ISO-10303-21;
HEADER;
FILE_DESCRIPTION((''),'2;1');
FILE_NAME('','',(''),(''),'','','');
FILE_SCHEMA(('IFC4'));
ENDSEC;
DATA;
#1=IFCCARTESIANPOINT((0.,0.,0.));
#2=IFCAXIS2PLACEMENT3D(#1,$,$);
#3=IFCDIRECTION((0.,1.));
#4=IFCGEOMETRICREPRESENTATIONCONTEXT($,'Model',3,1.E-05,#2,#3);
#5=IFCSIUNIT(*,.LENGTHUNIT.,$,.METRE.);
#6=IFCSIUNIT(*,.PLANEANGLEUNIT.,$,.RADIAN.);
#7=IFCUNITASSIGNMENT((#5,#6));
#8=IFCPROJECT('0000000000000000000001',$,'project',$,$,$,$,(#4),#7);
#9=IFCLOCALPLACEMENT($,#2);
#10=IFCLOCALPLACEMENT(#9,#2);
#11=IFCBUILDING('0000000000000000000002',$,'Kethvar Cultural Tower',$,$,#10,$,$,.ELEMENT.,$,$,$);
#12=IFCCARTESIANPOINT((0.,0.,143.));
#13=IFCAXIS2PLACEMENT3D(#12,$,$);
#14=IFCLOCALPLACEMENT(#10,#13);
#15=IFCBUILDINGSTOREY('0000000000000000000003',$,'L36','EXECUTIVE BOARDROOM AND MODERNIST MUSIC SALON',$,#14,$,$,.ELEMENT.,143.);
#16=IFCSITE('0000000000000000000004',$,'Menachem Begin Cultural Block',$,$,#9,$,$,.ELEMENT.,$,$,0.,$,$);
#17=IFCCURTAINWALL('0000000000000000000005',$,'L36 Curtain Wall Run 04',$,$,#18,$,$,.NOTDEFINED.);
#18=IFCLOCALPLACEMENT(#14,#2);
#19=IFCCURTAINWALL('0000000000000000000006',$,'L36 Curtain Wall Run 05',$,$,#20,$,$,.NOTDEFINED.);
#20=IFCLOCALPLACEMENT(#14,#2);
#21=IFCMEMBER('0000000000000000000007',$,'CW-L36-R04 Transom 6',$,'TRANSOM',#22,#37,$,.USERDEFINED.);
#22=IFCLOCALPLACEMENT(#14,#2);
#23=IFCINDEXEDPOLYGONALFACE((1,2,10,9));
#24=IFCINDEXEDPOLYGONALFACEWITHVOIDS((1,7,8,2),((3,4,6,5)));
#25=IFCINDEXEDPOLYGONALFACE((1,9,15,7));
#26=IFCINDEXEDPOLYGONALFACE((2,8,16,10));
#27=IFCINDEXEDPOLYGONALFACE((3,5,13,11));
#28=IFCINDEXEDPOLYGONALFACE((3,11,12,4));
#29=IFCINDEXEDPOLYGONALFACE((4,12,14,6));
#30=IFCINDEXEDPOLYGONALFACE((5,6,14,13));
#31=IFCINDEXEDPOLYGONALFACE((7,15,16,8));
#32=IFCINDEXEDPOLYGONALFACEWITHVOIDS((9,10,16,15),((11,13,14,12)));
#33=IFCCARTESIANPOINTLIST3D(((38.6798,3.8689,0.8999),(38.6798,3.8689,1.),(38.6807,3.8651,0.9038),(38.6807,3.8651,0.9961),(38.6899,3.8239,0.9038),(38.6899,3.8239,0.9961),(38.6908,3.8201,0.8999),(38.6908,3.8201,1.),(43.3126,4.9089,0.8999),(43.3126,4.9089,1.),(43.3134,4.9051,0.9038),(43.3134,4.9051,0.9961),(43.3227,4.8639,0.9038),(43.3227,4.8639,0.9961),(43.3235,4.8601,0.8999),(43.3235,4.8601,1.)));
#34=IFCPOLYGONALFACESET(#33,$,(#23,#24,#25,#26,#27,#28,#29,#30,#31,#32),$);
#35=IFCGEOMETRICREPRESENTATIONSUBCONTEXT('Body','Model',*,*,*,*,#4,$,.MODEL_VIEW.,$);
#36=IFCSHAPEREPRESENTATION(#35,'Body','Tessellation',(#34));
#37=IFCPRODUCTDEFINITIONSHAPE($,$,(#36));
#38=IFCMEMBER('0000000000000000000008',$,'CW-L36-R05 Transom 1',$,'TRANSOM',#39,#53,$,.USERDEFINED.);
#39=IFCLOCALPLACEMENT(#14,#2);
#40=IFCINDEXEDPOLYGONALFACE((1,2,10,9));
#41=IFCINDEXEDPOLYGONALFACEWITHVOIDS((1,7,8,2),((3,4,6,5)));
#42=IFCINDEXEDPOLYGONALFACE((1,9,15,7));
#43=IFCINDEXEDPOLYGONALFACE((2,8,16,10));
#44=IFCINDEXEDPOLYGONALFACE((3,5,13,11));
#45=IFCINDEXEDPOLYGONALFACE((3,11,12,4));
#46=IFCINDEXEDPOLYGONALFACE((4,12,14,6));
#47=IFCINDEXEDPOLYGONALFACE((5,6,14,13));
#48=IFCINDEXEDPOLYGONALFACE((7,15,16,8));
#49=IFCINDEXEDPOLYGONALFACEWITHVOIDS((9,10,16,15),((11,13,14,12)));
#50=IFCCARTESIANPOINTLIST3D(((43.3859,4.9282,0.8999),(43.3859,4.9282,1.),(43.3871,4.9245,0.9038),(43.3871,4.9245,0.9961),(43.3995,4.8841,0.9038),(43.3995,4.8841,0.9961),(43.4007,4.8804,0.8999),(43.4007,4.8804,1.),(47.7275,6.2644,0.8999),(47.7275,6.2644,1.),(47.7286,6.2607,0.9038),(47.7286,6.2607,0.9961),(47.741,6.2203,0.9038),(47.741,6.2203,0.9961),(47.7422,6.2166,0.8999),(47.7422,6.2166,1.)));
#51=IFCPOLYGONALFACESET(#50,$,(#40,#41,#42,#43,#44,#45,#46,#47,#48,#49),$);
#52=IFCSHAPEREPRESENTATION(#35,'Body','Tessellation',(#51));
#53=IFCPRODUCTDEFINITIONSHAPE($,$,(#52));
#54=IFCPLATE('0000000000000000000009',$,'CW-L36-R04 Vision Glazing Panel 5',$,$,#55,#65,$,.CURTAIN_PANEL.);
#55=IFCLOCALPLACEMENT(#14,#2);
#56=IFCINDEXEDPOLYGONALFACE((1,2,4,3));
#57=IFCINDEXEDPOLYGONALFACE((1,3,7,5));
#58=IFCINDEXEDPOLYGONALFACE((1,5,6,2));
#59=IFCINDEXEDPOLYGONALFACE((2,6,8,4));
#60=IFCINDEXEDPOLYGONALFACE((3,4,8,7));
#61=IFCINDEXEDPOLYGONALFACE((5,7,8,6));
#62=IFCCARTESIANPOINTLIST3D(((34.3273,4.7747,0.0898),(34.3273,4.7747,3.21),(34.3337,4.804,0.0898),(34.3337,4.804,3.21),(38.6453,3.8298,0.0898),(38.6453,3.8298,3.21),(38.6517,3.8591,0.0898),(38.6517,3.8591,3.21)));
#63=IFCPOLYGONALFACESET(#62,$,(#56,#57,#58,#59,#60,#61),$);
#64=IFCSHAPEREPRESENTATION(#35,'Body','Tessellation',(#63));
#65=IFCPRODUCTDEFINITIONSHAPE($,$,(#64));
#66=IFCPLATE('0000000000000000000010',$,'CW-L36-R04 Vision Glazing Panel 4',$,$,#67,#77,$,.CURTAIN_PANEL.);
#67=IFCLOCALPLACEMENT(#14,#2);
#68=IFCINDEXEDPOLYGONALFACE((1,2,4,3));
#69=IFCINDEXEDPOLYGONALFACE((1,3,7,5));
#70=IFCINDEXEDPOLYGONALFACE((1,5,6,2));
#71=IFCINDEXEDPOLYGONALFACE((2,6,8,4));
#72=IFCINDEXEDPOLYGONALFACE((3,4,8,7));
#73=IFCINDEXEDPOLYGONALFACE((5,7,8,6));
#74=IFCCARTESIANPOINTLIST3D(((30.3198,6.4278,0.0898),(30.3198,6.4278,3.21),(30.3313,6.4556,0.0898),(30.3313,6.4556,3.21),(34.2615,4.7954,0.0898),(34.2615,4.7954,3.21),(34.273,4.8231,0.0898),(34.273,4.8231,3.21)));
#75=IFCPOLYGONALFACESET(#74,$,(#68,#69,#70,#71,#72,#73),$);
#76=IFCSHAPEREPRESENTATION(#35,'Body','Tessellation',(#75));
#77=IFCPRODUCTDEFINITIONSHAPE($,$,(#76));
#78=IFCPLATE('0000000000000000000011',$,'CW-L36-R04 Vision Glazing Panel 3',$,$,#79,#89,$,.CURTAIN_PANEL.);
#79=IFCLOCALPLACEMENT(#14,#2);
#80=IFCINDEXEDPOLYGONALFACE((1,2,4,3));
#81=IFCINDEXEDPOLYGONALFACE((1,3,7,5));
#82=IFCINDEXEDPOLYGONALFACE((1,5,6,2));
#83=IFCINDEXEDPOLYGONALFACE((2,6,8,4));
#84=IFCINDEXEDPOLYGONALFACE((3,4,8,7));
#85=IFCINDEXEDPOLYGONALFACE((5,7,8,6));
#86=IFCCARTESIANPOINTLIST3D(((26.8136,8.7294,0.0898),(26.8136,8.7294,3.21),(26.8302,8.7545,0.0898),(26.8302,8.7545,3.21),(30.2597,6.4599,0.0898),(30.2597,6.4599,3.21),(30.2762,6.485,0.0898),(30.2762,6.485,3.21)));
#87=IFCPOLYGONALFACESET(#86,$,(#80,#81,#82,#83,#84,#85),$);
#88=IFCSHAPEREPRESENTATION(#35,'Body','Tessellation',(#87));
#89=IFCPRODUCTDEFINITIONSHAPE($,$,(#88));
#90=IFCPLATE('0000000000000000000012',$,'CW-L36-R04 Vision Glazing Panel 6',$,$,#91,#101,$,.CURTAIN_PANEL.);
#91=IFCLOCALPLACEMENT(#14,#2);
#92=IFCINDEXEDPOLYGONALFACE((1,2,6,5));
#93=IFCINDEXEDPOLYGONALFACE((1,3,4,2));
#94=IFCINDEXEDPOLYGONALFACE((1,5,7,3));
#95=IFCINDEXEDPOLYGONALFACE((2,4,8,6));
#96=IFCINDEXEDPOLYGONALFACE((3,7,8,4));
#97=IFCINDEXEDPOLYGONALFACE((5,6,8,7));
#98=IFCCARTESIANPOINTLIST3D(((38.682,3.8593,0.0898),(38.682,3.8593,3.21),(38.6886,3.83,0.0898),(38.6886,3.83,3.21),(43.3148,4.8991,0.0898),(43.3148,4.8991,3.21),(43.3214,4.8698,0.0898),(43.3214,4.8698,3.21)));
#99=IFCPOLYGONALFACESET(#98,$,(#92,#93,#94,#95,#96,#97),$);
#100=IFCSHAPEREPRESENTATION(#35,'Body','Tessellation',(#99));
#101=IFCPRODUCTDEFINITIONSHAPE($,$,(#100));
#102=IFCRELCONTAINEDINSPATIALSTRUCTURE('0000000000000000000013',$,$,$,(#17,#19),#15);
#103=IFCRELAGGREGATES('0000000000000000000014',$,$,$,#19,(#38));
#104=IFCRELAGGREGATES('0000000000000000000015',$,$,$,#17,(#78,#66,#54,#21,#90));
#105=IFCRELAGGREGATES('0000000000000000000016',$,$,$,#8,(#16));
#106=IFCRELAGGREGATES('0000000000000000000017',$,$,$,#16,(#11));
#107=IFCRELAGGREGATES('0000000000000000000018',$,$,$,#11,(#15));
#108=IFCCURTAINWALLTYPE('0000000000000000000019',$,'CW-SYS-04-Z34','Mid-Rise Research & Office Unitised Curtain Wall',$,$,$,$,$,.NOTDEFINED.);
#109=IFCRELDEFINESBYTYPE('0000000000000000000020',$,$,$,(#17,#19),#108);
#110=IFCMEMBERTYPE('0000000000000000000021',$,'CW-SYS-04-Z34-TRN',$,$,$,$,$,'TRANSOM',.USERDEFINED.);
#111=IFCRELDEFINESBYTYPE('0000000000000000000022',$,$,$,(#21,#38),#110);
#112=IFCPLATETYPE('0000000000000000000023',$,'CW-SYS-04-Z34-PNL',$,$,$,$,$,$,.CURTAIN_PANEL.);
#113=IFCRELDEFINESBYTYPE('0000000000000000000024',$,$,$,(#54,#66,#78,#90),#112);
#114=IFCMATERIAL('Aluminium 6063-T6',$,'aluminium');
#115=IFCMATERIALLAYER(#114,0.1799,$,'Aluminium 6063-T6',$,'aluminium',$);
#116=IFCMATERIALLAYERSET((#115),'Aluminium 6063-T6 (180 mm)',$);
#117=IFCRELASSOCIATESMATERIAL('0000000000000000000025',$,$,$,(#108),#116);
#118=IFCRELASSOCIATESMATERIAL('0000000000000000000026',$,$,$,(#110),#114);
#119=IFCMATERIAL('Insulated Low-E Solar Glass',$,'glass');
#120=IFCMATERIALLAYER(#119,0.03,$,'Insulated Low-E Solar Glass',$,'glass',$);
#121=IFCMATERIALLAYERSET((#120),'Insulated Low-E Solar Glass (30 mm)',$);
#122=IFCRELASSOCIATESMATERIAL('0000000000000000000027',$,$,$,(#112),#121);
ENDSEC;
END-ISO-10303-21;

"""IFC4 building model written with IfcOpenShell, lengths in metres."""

from ifc_helpers import new_model, si_unit, direction, frame, origin, origin_2d, place, context, subcontext, project, spatial, rectangle, hollow_rectangle, extrude, source, transform, mapped, material, layer, layer_set, material_profile, profile_set, type_object, element, aggregate, save


model = new_model("IFC4")

# Units and contexts
model_context = context("Model", 3, precision=1e-05, world=origin(), true_north=direction((0.0, 1.0)))
body_context = subcontext(model_context, "Body", "Model", "MODEL_VIEW")
ifc_project = project(units=[si_unit("LENGTHUNIT", "METRE"), si_unit("PLANEANGLEUNIT", "RADIAN")], contexts=[model_context])

# Site, building, storey
site_placement = place(None, origin())
site = spatial("IfcSite", under=ifc_project, at=site_placement, Name="Menachem Begin Cultural Block", CompositionType="ELEMENT", RefElevation=0.0)
building_placement = place(site_placement, origin())
building = spatial("IfcBuilding", under=site, at=building_placement, Name="Kethvar Cultural Tower", CompositionType="ELEMENT")
storey_placement = place(building_placement, frame((0.0, 0.0, 143.0)))
storey = spatial("IfcBuildingStorey", under=building, at=storey_placement, Name="L36", Description="EXECUTIVE BOARDROOM AND MODERNIST MUSIC SALON", CompositionType="ELEMENT", Elevation=143.0)

# Curtain wall
ifc_material_1 = material(Name="Aluminium 6063-T6", Category="aluminium")
ifc_layer_1 = layer(ifc_material_1, 0.1799, Name="Aluminium 6063-T6", Category="aluminium")
ifc_layer_set_1 = layer_set([ifc_layer_1], Name="Aluminium 6063-T6 (180 mm)")
curtain_wall_type = type_object("IfcCurtainWallType", Name="CW-SYS-04-Z34", Description="Mid-Rise Research & Office Unitised Curtain Wall", PredefinedType="NOTDEFINED", material=ifc_layer_set_1)
curtain_wall_1_placement = place(storey_placement, origin())
curtain_wall_1 = element("IfcCurtainWall", 1, at=curtain_wall_1_placement, inside=storey, type_object=curtain_wall_type, Name="L36 Curtain Wall Run 04", PredefinedType="NOTDEFINED")

# Curtain wall
curtain_wall_2_placement = place(storey_placement, origin())
curtain_wall_2 = element("IfcCurtainWall", 2, at=curtain_wall_2_placement, inside=storey, type_object=curtain_wall_type, Name="L36 Curtain Wall Run 05", PredefinedType="NOTDEFINED")

# Members
ifc_material_profile_1 = material_profile(ifc_material_1, hollow_rectangle(XDim=0.05, YDim=0.1001, WallThickness=0.0039, at=origin_2d()), Name="Aluminium 6063-T6 — RHS100x50x4")
ifc_profile_set_1 = profile_set([ifc_material_profile_1], Name="Aluminium 6063-T6 — RHS100x50x4")
member_type_1 = type_object("IfcMemberType", Name="CW-SYS-04-Z34-TRN", ElementType="TRANSOM", PredefinedType="USERDEFINED", material=ifc_profile_set_1)
shared_shape_1 = source(origin(), body_context, "Body", "SweptSolid", [
    extrude(hollow_rectangle(XDim=0.05, YDim=0.1001, WallThickness=0.0039, at=origin_2d()), origin(), (0.0, 0.0, 1.0), 4.748),
])
member_1_placement = place(storey_placement, frame((38.6853, 3.8445, 0.95), z_axis=(0.975715, 0.219042, 0.0), x_axis=(-0.219042, 0.975715, 0.0)))
member_1 = element("IfcMember", 3, at=member_1_placement, type_object=member_type_1, Name="CW-L36-R04 Transom 6", ObjectType="TRANSOM", PredefinedType="USERDEFINED", context=body_context, shape_type="MappedRepresentation", body=[
    mapped(shared_shape_1, transform((0.0, 0.0, 0.0), scale=1.0)),
])
shared_shape_2 = source(origin(), body_context, "Body", "SweptSolid", [
    extrude(hollow_rectangle(XDim=0.05, YDim=0.1001, WallThickness=0.0039, at=origin_2d()), origin(), (0.0, 0.0, 1.0), 4.5425),
])
member_2_placement = place(storey_placement, frame((43.3933, 4.9043, 0.95), z_axis=(0.955759, 0.29415, 0.0), x_axis=(-0.29415, 0.955759, 0.0)))
member_2 = element("IfcMember", 4, at=member_2_placement, type_object=member_type_1, Name="CW-L36-R05 Transom 1", ObjectType="TRANSOM", PredefinedType="USERDEFINED", context=body_context, shape_type="MappedRepresentation", body=[
    mapped(shared_shape_2, transform((0.0, 0.0, 0.0), scale=1.0)),
])
aggregate(curtain_wall_2, [member_2])

# Plates
ifc_material_2 = material(Name="Insulated Low-E Solar Glass", Category="glass")
ifc_layer_2 = layer(ifc_material_2, 0.03, Name="Insulated Low-E Solar Glass", Category="glass")
ifc_layer_set_2 = layer_set([ifc_layer_2], Name="Insulated Low-E Solar Glass (30 mm)")
plate_type = type_object("IfcPlateType", Name="CW-SYS-04-Z34-PNL", PredefinedType="CURTAIN_PANEL", material=ifc_layer_set_2)
shared_shape_3 = source(origin(), body_context, "Body", "SweptSolid", [
    extrude(rectangle(XDim=4.4202, YDim=0.03, at=origin_2d()), origin(), (0.0, 0.0, 1.0), 3.1201),
])
plate_1_placement = place(storey_placement, frame((36.4895, 4.3169, 0.0898), z_axis=(0.0, 0.0, 1.0), x_axis=(0.976882, -0.213781, 0.0)))
plate_1 = element("IfcPlate", 5, at=plate_1_placement, type_object=plate_type, Name="CW-L36-R04 Vision Glazing Panel 5", PredefinedType="CURTAIN_PANEL", context=body_context, shape_type="MappedRepresentation", body=[
    mapped(shared_shape_3, transform((0.0, 0.0, 0.0), scale=1.0)),
])
shared_shape_4 = source(origin(), body_context, "Body", "SweptSolid", [
    extrude(rectangle(XDim=4.2664, YDim=0.03, at=origin_2d()), origin(), (0.0, 0.0, 1.0), 3.1201),
])
plate_2_placement = place(storey_placement, frame((32.2964, 5.6255, 0.0898), z_axis=(0.0, 0.0, 1.0), x_axis=(0.9239, -0.382635, 0.0)))
plate_2 = element("IfcPlate", 6, at=plate_2_placement, type_object=plate_type, Name="CW-L36-R04 Vision Glazing Panel 4", PredefinedType="CURTAIN_PANEL", context=body_context, shape_type="MappedRepresentation", body=[
    mapped(shared_shape_4, transform((0.0, 0.0, 0.0), scale=1.0)),
])
shared_shape_5 = source(origin(), body_context, "Body", "SweptSolid", [
    extrude(rectangle(XDim=4.1262, YDim=0.03, at=origin_2d()), origin(), (0.0, 0.0, 1.0), 3.1201),
])
plate_3_placement = place(storey_placement, frame((28.5449, 7.6072, 0.0898), z_axis=(0.0, 0.0, 1.0), x_axis=(0.835155, -0.550014, 0.0)))
plate_3 = element("IfcPlate", 7, at=plate_3_placement, type_object=plate_type, Name="CW-L36-R04 Vision Glazing Panel 3", PredefinedType="CURTAIN_PANEL", context=body_context, shape_type="MappedRepresentation", body=[
    mapped(shared_shape_5, transform((0.0, 0.0, 0.0), scale=1.0)),
])
shared_shape_6 = source(origin(), body_context, "Body", "SweptSolid", [
    extrude(rectangle(XDim=4.748, YDim=0.03, at=origin_2d()), origin(), (0.0, 0.0, 1.0), 3.1201),
])
plate_4_placement = place(storey_placement, frame((41.0017, 4.3645, 0.0898), z_axis=(0.0, 0.0, 1.0), x_axis=(0.975726, 0.218995, 0.0)))
plate_4 = element("IfcPlate", 8, at=plate_4_placement, type_object=plate_type, Name="CW-L36-R04 Vision Glazing Panel 6", PredefinedType="CURTAIN_PANEL", context=body_context, shape_type="MappedRepresentation", body=[
    mapped(shared_shape_6, transform((0.0, 0.0, 0.0), scale=1.0)),
])
aggregate(curtain_wall_1, [plate_3, plate_2, plate_1, member_1, plate_4])

save(model, "model.ifc")
